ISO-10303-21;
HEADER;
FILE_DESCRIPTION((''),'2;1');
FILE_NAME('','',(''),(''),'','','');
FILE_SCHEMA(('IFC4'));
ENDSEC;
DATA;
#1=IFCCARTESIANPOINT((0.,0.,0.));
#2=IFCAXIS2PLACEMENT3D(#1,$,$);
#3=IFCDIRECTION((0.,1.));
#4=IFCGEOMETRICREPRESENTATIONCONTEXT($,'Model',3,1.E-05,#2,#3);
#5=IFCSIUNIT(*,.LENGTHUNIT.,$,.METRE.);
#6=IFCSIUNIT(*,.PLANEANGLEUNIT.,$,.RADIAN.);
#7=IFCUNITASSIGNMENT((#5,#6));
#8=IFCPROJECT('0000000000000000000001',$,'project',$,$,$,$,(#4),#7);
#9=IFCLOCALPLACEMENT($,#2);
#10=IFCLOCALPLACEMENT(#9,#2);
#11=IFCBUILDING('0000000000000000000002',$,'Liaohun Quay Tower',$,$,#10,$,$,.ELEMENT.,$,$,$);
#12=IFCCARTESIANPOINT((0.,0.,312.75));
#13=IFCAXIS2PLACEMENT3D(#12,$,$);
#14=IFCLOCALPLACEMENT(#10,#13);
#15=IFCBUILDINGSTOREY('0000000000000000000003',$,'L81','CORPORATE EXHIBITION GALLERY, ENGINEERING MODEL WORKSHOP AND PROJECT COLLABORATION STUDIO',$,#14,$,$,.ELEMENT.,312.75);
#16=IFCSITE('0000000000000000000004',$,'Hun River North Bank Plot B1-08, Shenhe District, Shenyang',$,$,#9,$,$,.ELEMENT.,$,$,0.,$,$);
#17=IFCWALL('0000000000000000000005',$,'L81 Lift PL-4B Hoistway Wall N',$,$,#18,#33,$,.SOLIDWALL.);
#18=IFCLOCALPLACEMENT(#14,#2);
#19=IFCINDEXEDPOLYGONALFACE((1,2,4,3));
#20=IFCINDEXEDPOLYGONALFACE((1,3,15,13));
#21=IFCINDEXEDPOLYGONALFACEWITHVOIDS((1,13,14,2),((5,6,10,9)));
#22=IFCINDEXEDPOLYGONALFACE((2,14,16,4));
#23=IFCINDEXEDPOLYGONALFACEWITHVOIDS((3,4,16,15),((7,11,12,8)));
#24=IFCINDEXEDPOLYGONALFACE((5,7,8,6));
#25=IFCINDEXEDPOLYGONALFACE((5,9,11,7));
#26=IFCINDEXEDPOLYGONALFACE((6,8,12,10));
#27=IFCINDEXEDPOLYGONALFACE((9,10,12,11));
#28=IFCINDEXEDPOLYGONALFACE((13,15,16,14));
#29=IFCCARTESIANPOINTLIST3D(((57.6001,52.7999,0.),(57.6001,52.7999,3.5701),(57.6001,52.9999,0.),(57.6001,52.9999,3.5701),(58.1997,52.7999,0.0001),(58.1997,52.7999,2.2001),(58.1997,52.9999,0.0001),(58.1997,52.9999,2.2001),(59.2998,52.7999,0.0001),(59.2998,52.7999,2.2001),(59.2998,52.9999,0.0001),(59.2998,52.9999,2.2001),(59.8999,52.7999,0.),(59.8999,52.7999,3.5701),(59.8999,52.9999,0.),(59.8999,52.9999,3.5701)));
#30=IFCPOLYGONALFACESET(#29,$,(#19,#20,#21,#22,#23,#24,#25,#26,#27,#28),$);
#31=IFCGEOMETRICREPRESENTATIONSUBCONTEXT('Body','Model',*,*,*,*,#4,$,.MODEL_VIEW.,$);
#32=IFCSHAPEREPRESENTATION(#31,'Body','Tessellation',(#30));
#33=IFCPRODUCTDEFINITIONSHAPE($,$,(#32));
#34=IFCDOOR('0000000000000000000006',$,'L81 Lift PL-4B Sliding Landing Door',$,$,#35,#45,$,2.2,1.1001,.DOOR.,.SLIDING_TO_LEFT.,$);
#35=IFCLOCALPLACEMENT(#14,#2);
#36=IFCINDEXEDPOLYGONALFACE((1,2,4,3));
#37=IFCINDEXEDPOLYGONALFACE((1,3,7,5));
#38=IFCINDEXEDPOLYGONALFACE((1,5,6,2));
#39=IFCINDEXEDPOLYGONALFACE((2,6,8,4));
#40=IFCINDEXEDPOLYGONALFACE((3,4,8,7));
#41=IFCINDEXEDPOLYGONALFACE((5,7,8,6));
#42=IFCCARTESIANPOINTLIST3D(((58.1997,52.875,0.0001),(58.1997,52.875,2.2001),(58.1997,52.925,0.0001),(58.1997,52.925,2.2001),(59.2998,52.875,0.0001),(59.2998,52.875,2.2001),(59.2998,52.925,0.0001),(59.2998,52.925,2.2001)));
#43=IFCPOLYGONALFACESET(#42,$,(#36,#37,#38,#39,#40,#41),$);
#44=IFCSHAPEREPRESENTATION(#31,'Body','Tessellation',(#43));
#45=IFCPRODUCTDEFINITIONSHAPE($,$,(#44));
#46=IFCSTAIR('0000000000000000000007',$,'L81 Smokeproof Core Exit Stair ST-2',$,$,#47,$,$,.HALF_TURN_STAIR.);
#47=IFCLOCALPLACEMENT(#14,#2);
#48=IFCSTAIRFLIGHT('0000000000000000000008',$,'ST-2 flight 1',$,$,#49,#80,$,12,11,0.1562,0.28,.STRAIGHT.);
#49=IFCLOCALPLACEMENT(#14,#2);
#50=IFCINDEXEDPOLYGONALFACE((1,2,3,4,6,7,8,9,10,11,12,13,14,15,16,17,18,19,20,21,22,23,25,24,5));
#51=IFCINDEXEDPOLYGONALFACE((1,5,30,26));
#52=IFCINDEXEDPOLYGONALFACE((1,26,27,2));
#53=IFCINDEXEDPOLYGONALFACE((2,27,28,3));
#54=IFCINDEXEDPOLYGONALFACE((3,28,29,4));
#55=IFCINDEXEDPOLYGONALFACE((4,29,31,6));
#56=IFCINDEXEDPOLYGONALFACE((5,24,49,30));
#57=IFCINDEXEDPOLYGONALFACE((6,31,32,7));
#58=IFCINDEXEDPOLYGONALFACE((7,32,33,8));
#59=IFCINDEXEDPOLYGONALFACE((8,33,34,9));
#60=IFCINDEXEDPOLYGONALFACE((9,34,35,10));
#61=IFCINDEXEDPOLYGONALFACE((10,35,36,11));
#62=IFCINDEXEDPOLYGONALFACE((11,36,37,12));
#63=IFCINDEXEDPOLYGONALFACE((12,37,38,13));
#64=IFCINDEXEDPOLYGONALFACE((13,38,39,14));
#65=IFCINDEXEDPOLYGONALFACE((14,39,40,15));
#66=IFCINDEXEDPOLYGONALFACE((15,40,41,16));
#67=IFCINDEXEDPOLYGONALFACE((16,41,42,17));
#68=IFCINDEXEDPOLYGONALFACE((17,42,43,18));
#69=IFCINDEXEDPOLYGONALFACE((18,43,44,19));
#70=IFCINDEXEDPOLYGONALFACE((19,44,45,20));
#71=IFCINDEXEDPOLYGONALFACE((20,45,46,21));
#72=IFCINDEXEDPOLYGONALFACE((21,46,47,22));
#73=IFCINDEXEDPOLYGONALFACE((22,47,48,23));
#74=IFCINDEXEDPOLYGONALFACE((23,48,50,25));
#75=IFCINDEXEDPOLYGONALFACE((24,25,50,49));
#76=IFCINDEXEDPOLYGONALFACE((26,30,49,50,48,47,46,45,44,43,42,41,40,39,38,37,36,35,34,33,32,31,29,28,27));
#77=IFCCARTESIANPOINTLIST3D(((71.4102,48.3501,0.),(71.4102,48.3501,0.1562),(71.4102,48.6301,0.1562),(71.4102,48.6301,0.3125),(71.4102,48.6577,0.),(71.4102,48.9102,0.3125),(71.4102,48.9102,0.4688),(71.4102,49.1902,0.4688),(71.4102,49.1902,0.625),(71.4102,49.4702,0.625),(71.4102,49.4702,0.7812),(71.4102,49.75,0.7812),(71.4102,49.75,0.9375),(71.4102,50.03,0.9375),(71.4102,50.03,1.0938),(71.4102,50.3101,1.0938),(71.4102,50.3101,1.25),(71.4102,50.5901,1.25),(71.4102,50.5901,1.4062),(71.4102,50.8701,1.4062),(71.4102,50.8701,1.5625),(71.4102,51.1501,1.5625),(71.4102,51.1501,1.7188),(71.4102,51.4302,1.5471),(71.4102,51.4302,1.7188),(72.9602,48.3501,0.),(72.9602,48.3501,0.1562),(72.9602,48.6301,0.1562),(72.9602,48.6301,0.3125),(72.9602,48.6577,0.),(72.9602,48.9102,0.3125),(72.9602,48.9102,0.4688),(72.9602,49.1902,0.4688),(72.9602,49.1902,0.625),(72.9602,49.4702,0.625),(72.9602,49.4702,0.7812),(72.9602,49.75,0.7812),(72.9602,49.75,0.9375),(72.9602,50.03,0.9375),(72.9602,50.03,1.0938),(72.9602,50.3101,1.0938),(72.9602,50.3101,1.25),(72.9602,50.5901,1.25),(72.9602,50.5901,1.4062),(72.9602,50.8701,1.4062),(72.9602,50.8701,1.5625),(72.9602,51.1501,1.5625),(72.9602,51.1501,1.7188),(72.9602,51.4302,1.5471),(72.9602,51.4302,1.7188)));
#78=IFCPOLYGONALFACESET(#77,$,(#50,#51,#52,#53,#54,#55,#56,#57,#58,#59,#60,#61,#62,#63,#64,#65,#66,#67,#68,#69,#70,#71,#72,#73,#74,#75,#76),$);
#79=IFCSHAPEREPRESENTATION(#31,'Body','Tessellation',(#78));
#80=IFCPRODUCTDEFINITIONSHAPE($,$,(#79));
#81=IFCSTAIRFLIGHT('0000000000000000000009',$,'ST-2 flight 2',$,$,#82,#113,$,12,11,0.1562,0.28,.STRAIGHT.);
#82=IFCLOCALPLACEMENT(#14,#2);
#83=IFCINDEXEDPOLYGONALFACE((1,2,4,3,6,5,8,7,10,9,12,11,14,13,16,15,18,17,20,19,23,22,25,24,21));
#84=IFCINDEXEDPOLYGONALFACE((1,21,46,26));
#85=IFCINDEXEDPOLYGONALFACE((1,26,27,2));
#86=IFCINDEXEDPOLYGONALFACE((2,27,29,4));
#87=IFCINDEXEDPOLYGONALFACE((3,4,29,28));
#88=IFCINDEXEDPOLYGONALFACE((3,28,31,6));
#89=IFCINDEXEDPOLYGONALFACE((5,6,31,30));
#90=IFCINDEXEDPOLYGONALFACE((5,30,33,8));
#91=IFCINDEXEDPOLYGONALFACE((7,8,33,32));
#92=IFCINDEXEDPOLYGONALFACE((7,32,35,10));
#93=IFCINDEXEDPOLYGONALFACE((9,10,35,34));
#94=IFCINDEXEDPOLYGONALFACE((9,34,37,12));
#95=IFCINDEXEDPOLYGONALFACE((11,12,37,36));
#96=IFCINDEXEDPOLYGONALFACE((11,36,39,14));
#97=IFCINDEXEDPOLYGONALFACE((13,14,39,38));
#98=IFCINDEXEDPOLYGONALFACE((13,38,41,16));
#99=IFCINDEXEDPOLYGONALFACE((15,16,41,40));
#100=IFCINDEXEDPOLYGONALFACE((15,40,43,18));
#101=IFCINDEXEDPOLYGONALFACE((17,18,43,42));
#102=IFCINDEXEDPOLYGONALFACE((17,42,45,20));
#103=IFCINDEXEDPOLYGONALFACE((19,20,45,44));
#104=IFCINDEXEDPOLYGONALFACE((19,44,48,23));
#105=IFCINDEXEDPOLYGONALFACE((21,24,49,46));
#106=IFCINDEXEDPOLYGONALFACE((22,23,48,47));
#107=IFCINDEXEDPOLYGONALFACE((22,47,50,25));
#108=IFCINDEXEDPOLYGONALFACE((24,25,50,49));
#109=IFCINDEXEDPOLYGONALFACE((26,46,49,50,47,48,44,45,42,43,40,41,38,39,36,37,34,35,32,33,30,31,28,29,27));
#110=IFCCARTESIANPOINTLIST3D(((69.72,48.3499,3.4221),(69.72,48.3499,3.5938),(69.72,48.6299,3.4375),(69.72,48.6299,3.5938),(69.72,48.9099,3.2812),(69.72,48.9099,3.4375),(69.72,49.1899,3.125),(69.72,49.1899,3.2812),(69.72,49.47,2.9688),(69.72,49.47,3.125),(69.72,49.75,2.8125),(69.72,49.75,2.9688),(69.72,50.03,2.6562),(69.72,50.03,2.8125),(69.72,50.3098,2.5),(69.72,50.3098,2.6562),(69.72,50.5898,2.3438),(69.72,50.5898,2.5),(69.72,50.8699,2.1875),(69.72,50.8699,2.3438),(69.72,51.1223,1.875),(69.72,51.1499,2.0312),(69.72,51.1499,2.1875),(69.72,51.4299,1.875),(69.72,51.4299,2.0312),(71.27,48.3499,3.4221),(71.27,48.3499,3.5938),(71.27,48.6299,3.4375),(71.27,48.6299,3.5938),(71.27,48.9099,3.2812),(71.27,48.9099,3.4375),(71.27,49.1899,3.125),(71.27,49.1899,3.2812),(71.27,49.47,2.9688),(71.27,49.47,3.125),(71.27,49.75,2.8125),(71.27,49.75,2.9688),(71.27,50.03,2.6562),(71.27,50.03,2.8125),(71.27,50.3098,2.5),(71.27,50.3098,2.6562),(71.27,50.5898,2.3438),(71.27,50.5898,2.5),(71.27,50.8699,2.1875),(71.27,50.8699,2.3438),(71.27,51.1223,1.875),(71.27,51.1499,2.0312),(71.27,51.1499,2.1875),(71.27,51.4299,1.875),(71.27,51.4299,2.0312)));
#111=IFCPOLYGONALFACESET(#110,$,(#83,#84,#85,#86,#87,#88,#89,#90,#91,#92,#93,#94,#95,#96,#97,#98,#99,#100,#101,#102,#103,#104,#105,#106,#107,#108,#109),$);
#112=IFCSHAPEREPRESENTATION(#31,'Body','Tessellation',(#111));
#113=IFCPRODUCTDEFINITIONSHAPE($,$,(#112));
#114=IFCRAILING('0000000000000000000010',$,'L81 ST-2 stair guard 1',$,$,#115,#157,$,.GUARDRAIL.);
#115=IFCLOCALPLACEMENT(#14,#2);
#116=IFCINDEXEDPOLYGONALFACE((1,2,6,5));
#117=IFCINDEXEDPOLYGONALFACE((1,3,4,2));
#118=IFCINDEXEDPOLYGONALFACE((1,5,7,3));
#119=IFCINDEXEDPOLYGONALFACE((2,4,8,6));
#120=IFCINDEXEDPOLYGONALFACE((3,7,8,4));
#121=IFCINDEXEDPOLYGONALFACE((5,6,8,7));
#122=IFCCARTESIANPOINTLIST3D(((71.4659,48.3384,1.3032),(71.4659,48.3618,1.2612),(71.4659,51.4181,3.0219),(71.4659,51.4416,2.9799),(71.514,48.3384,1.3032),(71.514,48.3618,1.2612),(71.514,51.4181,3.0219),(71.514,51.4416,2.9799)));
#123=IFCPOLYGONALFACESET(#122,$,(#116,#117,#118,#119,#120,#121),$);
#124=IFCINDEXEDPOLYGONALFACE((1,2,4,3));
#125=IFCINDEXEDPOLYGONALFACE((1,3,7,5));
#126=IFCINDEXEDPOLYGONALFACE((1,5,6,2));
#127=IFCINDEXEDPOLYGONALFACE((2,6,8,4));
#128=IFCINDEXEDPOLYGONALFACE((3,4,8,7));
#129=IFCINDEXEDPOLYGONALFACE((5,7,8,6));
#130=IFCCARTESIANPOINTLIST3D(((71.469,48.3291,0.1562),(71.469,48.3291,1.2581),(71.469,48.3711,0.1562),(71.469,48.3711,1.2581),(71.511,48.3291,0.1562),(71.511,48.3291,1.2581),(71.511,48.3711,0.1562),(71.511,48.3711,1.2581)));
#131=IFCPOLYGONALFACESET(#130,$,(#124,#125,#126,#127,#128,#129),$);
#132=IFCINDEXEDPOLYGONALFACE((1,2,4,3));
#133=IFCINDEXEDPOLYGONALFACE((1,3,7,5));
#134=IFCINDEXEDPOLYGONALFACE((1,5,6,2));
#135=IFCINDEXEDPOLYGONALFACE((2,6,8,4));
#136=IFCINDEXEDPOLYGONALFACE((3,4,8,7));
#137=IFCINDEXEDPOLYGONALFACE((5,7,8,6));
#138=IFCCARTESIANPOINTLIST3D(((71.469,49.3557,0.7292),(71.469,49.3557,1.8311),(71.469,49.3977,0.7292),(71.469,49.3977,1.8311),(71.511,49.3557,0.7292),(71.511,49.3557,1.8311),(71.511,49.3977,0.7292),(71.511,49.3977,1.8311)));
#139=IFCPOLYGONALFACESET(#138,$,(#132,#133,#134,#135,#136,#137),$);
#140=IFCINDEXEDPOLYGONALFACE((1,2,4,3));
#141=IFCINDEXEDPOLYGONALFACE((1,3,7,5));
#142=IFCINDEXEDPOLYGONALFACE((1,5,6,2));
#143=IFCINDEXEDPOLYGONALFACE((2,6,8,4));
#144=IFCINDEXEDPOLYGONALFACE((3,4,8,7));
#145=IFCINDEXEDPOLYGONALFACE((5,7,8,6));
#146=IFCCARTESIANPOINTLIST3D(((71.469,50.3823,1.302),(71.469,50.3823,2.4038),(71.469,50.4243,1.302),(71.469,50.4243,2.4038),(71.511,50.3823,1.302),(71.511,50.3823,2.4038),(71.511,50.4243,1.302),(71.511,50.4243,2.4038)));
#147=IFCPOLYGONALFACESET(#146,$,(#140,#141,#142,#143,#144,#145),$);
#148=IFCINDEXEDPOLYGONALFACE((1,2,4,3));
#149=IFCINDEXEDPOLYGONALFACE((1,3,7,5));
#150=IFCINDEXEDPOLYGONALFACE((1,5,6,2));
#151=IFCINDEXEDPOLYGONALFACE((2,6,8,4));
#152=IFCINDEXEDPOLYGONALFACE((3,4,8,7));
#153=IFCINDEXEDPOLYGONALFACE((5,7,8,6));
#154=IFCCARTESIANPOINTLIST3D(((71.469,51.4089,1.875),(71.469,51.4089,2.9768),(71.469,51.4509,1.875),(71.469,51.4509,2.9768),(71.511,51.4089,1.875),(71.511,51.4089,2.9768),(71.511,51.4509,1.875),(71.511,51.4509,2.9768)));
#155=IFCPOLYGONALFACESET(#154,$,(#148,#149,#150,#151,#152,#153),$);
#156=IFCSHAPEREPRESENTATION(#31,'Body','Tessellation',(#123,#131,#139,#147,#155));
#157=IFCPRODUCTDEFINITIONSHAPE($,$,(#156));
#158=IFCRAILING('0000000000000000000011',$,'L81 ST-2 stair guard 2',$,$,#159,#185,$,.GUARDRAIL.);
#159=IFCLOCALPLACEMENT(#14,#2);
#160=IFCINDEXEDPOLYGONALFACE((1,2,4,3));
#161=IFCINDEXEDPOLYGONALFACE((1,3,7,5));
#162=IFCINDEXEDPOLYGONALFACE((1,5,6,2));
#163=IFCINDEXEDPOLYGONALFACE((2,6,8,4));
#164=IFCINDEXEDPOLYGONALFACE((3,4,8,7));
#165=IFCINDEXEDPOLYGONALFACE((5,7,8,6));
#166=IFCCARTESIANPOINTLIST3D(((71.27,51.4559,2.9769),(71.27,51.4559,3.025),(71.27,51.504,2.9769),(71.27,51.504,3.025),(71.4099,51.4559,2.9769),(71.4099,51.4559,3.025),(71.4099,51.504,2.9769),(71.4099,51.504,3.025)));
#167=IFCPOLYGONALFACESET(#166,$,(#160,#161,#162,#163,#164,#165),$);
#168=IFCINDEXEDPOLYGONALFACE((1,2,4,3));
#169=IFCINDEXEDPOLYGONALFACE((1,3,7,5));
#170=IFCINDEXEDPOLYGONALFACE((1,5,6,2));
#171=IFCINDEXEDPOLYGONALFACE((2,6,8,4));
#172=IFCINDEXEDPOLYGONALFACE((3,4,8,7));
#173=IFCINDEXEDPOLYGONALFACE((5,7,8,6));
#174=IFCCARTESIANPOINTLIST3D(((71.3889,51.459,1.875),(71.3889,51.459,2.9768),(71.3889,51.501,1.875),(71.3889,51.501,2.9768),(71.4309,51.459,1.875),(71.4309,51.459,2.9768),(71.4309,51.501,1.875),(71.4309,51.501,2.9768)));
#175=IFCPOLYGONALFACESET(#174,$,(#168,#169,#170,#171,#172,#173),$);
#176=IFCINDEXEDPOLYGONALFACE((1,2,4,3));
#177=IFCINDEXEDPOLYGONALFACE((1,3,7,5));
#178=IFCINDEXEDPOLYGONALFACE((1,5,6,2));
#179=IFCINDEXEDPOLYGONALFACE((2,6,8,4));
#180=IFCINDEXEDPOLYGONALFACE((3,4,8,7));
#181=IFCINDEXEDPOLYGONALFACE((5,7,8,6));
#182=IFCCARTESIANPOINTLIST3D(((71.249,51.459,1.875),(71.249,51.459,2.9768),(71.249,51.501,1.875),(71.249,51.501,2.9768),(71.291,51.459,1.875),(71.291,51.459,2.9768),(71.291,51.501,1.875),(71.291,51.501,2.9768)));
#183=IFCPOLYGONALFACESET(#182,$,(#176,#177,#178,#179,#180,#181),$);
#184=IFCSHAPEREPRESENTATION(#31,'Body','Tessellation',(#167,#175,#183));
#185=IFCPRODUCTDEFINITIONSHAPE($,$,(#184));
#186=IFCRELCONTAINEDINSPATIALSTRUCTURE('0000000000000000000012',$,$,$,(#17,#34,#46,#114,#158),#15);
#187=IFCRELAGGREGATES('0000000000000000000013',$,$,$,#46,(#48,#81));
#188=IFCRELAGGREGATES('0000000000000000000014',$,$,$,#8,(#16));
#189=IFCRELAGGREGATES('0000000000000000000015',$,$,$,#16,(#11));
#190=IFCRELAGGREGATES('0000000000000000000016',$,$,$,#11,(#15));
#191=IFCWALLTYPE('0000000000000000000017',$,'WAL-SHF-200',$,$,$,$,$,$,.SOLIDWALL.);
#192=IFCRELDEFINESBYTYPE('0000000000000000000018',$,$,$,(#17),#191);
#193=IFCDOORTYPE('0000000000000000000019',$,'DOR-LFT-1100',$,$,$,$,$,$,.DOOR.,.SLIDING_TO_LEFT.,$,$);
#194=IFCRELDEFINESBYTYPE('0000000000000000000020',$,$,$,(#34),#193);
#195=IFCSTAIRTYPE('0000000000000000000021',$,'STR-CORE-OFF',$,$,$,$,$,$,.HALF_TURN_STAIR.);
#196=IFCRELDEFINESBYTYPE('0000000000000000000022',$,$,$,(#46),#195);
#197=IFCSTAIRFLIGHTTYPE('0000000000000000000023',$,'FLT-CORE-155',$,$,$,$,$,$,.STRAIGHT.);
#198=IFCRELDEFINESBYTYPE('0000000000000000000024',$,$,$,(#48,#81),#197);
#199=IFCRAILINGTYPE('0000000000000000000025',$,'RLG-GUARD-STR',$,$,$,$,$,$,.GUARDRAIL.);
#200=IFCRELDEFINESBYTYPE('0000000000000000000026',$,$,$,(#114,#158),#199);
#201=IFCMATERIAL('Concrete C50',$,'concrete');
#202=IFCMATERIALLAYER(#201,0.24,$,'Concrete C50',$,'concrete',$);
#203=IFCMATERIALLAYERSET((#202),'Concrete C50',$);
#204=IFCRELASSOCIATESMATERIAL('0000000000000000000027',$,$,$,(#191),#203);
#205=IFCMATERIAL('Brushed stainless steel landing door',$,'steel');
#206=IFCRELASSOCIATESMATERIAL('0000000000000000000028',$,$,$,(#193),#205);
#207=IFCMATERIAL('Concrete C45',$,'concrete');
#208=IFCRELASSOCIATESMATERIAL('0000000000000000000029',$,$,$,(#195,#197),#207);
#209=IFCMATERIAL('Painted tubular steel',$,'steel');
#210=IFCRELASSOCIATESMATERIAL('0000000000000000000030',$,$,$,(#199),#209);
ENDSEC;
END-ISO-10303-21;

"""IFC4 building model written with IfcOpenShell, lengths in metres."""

from ifc_helpers import new_model, si_unit, direction, frame, frame_2d, origin, origin_2d, place, context, subcontext, project, spatial, polyline, rectangle, outline, extrude, source, transform, mapped, material, layer, layer_set, type_object, element, fill, aggregate, save


model = new_model("IFC4")

# Units and contexts
model_context = context("Model", 3, precision=1e-05, world=origin(), true_north=direction((0.0, 1.0)))
body_context = subcontext(model_context, "Body", "Model", "MODEL_VIEW")
ifc_project = project(units=[si_unit("LENGTHUNIT", "METRE"), si_unit("PLANEANGLEUNIT", "RADIAN")], contexts=[model_context])

# Site, building, storey
site_placement = place(None, origin())
site = spatial("IfcSite", under=ifc_project, at=site_placement, Name="Hun River North Bank Plot B1-08, Shenhe District, Shenyang", CompositionType="ELEMENT", RefElevation=0.0)
building_placement = place(site_placement, origin())
building = spatial("IfcBuilding", under=site, at=building_placement, Name="Liaohun Quay Tower", CompositionType="ELEMENT")
storey_placement = place(building_placement, frame((0.0, 0.0, 312.75)))
storey = spatial("IfcBuildingStorey", under=building, at=storey_placement, Name="L81", Description="CORPORATE EXHIBITION GALLERY, ENGINEERING MODEL WORKSHOP AND PROJECT COLLABORATION STUDIO", CompositionType="ELEMENT", Elevation=312.75)

# Shared definitions
ifc_material_1 = material(Name="Concrete C50", Category="concrete")
ifc_layer_1 = layer(ifc_material_1, 0.24, Name="Concrete C50", Category="concrete")
ifc_layer_set_1 = layer_set([ifc_layer_1], Name="Concrete C50")
wall_type_1 = type_object("IfcWallType", Name="WAL-SHF-200", PredefinedType="SOLIDWALL", material=ifc_layer_set_1)

# Wall, opening, door
wall_1_placement = place(storey_placement, frame((59.8999, 52.8999, 0.0), z_axis=(0.0, 0.0, 1.0), x_axis=(-1.0, 0.0, 0.0)))
wall_1 = element("IfcWall", 1, at=wall_1_placement, inside=storey, type_object=wall_type_1, Name="L81 Lift PL-4B Hoistway Wall N", PredefinedType="SOLIDWALL", context=body_context, shape_type="SweptSolid", body=[
    extrude(rectangle(XDim=2.2998, YDim=0.2, at=frame_2d((1.1499, 0.0))), origin(), (0.0, 0.0, 1.0), 3.5701),
])
shared_shape_1 = source(origin(), body_context, "Body", "SweptSolid", [
    extrude(rectangle(XDim=1.1001, YDim=2.2, at=frame_2d((0.55, 1.1001))), frame((0.0, 0.1099, 0.0), z_axis=(0.0, -1.0, 0.0), x_axis=(1.0, 0.0, 0.0)), (0.0, 0.0, 1.0), 0.22),
])
opening_1_placement = place(wall_1_placement, frame((0.6001, 0.0, 0.0)))
opening_1 = element("IfcOpeningElement", 2, at=opening_1_placement, cuts=wall_1, PredefinedType="OPENING", context=body_context, shape_type="MappedRepresentation", body=[
    mapped(shared_shape_1, transform((0.0, 0.0, 0.0), x_axis=(1.0, 0.0, 0.0), y_axis=(0.0, 1.0, 0.0), z_axis=(0.0, 0.0, 1.0), scale=1.0)),
])
ifc_material_2 = material(Name="Brushed stainless steel landing door", Category="steel")
door_type_1 = type_object("IfcDoorType", Name="DOR-LFT-1100", OperationType="SLIDING_TO_LEFT", PredefinedType="DOOR", material=ifc_material_2)
shared_shape_2 = source(origin(), body_context, "Body", "SweptSolid", [
    extrude(rectangle(XDim=1.1001, YDim=2.2, at=frame_2d((0.55, 1.1001))), frame((0.0, 0.0249, 0.0), z_axis=(0.0, -1.0, 0.0), x_axis=(1.0, 0.0, 0.0)), (0.0, 0.0, 1.0), 0.05),
])
door_1_placement = place(opening_1_placement, origin())
door_1 = element("IfcDoor", 3, at=door_1_placement, inside=storey, type_object=door_type_1, Name="L81 Lift PL-4B Sliding Landing Door", OperationType="SLIDING_TO_LEFT", OverallHeight=2.2, OverallWidth=1.1001, PredefinedType="DOOR", context=body_context, shape_type="MappedRepresentation", body=[
    mapped(shared_shape_2, transform((0.0, 0.0, 0.0), x_axis=(1.0, 0.0, 0.0), y_axis=(0.0, 1.0, 0.0), z_axis=(0.0, 0.0, 1.0), scale=1.0)),
])
fill(opening_1, door_1)

# Stair, stair flights
ifc_material_3 = material(Name="Concrete C45", Category="concrete")
stair_type = type_object("IfcStairType", Name="STR-CORE-OFF", PredefinedType="HALF_TURN_STAIR", material=ifc_material_3)
stair_placement = place(storey_placement, origin())
stair = element("IfcStair", 4, at=stair_placement, inside=storey, type_object=stair_type, Name="L81 Smokeproof Core Exit Stair ST-2", PredefinedType="HALF_TURN_STAIR")
stair_flight_type = type_object("IfcStairFlightType", Name="FLT-CORE-155", PredefinedType="STRAIGHT", material=ifc_material_3)
stair_flight_1_placement = place(storey_placement, frame((72.1851, 48.3501, 0.0), z_axis=(0.0, 0.0, 1.0), x_axis=(0.0, 1.0, 0.0)))
stair_flight_1 = element("IfcStairFlight", 5, at=stair_flight_1_placement, type_object=stair_flight_type, Name="ST-2 flight 1", NumberOfRisers=12, NumberOfTreads=11, PredefinedType="STRAIGHT", RiserHeight=0.1562, TreadLength=0.28, context=body_context, shape_type="SweptSolid", body=[
    extrude(outline(polyline([(0.0, 0.0), (0.0, 0.1562), (0.28, 0.1562), (0.28, 0.3125), (0.5601, 0.3125), (0.5601, 0.4688), (0.8401, 0.4688), (0.8401, 0.625), (1.1201, 0.625), (1.1201, 0.7812), (1.3999, 0.7812), (1.3999, 0.9375), (1.6799, 0.9375), (1.6799, 1.0938), (1.96, 1.0938), (1.96, 1.25), (2.24, 1.25), (2.24, 1.4062), (2.52, 1.4062), (2.52, 1.5625), (2.8, 1.5625), (2.8, 1.7188), (3.0801, 1.7188), (3.0801, 1.875), (3.0801, 1.5471), (0.3076, 0.0), (0.0, 0.0)])), frame((0.0, 0.7749, 0.0), z_axis=(0.0, -1.0, 0.0), x_axis=(1.0, 0.0, 0.0)), (0.0, 0.0, 1.0), 1.55),
])
stair_flight_2_placement = place(storey_placement, frame((70.4951, 51.4299, 1.875), z_axis=(0.0, 0.0, 1.0), x_axis=(0.0, -1.0, 0.0)))
stair_flight_2 = element("IfcStairFlight", 6, at=stair_flight_2_placement, type_object=stair_flight_type, Name="ST-2 flight 2", NumberOfRisers=12, NumberOfTreads=11, PredefinedType="STRAIGHT", RiserHeight=0.1562, TreadLength=0.28, context=body_context, shape_type="SweptSolid", body=[
    extrude(outline(polyline([(0.0, 0.0), (0.0, 0.1562), (0.28, 0.1562), (0.28, 0.3125), (0.5601, 0.3125), (0.5601, 0.4688), (0.8401, 0.4688), (0.8401, 0.625), (1.1201, 0.625), (1.1201, 0.7812), (1.3999, 0.7812), (1.3999, 0.9375), (1.6799, 0.9375), (1.6799, 1.0938), (1.96, 1.0938), (1.96, 1.25), (2.24, 1.25), (2.24, 1.4062), (2.52, 1.4062), (2.52, 1.5625), (2.8, 1.5625), (2.8, 1.7188), (3.0801, 1.7188), (3.0801, 1.875), (3.0801, 1.5471), (0.3076, 0.0), (0.0, 0.0)])), frame((0.0, 0.7749, 0.0), z_axis=(0.0, -1.0, 0.0), x_axis=(1.0, 0.0, 0.0)), (0.0, 0.0, 1.0), 1.55),
])
aggregate(stair, [stair_flight_1, stair_flight_2])

# Railings
ifc_material_4 = material(Name="Painted tubular steel", Category="steel")
railing_type_1 = type_object("IfcRailingType", Name="RLG-GUARD-STR", PredefinedType="GUARDRAIL", material=ifc_material_4)
railing_1_placement = place(storey_placement, frame((71.49, 48.3501, 0.1562)))
element("IfcRailing", 7, at=railing_1_placement, inside=storey, type_object=railing_type_1, Name="L81 ST-2 stair guard 1", PredefinedType="GUARDRAIL", context=body_context, shape_type="SweptSolid", body=[
    extrude(rectangle(XDim=0.0481, YDim=0.0481, at=origin_2d()), frame((0.0, 0.0, 1.126), z_axis=(0.0, 0.873225, 0.487317), x_axis=(-1.0, 0.0, 0.0)), (0.0, 0.0, 1.0), 3.5269),
    extrude(rectangle(XDim=0.042, YDim=0.042, at=origin_2d()), origin(), (0.0, 0.0, 1.0), 1.1018),
    extrude(rectangle(XDim=0.042, YDim=0.042, at=origin_2d()), frame((0.0, 1.0266, 0.573)), (0.0, 0.0, 1.0), 1.1018),
    extrude(rectangle(XDim=0.042, YDim=0.042, at=origin_2d()), frame((0.0, 2.0532, 1.1458)), (0.0, 0.0, 1.0), 1.1018),
    extrude(rectangle(XDim=0.042, YDim=0.042, at=origin_2d()), frame((0.0, 3.0798, 1.7188)), (0.0, 0.0, 1.0), 1.1018),
])
railing_2_placement = place(storey_placement, frame((71.4099, 51.48, 1.875)))
element("IfcRailing", 8, at=railing_2_placement, inside=storey, type_object=railing_type_1, Name="L81 ST-2 stair guard 2", PredefinedType="GUARDRAIL", context=body_context, shape_type="SweptSolid", body=[
    extrude(rectangle(XDim=0.0481, YDim=0.0481, at=origin_2d()), frame((0.0, 0.0, 1.126), z_axis=(-1.0, 0.0, 0.0), x_axis=(0.0, -1.0, 0.0)), (0.0, 0.0, 1.0), 0.1399),
    extrude(rectangle(XDim=0.042, YDim=0.042, at=origin_2d()), origin(), (0.0, 0.0, 1.0), 1.1018),
    extrude(rectangle(XDim=0.042, YDim=0.042, at=origin_2d()), frame((-0.1399, 0.0, 0.0)), (0.0, 0.0, 1.0), 1.1018),
])

save(model, "model.ifc")
